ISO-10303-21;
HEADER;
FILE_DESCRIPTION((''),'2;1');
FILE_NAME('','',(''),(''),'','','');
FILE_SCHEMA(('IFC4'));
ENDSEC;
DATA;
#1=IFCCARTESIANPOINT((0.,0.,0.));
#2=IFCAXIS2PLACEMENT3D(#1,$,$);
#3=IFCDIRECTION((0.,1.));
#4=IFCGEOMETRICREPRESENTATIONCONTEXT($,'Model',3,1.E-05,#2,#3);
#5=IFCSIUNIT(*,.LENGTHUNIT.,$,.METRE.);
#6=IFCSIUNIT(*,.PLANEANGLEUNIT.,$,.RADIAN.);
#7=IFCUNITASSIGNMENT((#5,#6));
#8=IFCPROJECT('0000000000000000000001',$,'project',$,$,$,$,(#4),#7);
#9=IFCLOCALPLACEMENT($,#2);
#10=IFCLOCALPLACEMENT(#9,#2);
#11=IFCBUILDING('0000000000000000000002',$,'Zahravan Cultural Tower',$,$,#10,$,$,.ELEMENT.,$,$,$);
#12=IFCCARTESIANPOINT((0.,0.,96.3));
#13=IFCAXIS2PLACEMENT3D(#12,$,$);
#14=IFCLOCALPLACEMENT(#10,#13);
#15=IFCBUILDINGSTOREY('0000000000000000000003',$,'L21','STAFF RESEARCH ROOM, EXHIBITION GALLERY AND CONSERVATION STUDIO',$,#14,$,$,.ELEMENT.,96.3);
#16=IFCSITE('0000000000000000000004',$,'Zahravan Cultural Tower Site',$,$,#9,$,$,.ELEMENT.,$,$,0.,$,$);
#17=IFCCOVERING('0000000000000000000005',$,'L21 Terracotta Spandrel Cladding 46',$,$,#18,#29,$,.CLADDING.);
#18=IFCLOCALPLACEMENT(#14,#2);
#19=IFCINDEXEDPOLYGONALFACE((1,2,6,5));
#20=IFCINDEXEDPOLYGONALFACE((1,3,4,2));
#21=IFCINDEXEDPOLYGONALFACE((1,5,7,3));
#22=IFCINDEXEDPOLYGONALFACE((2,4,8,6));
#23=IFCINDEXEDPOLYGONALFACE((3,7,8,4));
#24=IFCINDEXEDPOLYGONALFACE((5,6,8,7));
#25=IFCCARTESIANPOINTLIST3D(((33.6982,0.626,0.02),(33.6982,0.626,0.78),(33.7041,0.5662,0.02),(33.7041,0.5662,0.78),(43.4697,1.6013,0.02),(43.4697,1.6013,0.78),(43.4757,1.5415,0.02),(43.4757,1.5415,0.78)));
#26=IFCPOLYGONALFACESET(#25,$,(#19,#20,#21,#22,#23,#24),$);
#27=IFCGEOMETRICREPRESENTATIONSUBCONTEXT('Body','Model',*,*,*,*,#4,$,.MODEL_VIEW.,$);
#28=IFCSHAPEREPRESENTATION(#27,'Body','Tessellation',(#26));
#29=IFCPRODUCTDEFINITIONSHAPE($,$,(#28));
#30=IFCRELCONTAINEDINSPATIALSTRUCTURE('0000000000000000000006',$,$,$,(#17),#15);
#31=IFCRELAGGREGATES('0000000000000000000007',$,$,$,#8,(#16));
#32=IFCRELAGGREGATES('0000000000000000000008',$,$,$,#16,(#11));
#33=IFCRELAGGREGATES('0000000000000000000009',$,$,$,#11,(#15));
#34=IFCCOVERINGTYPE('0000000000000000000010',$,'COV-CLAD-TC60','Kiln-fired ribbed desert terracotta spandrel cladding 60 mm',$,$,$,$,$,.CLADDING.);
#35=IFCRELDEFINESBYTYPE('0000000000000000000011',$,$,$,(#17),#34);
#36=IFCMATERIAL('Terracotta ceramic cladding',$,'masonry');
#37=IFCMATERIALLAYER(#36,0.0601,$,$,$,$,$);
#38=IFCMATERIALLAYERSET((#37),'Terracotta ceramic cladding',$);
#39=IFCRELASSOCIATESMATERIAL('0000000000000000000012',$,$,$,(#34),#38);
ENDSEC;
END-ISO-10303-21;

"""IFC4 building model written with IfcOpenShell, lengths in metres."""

from ifc_helpers import new_model, si_unit, direction, frame, origin, origin_2d, place, context, subcontext, project, spatial, rectangle, extrude, source, transform, mapped, material, layer, layer_set, type_object, element, save


model = new_model("IFC4")

# Units and contexts
model_context = context("Model", 3, precision=1e-05, world=origin(), true_north=direction((0.0, 1.0)))
body_context = subcontext(model_context, "Body", "Model", "MODEL_VIEW")
ifc_project = project(units=[si_unit("LENGTHUNIT", "METRE"), si_unit("PLANEANGLEUNIT", "RADIAN")], contexts=[model_context])

# Site, building, storey
site_placement = place(None, origin())
site = spatial("IfcSite", under=ifc_project, at=site_placement, Name="Zahravan Cultural Tower Site", CompositionType="ELEMENT", RefElevation=0.0)
building_placement = place(site_placement, origin())
building = spatial("IfcBuilding", under=site, at=building_placement, Name="Zahravan Cultural Tower", CompositionType="ELEMENT")
storey_placement = place(building_placement, frame((0.0, 0.0, 96.3)))
storey = spatial("IfcBuildingStorey", under=building, at=storey_placement, Name="L21", Description="STAFF RESEARCH ROOM, EXHIBITION GALLERY AND CONSERVATION STUDIO", CompositionType="ELEMENT", Elevation=96.3)

# Covering
ifc_material_1 = material(Name="Terracotta ceramic cladding", Category="masonry")
ifc_layer_1 = layer(ifc_material_1, 0.0601)
ifc_layer_set_1 = layer_set([ifc_layer_1], Name="Terracotta ceramic cladding")
covering_type = type_object("IfcCoveringType", Name="COV-CLAD-TC60", Description="Kiln-fired ribbed desert terracotta spandrel cladding 60 mm", PredefinedType="CLADDING", material=ifc_layer_set_1)
shared_shape_1 = source(origin(), body_context, "Body", "SweptSolid", [
    extrude(rectangle(XDim=9.8201, YDim=0.0601, at=origin_2d()), origin(), (0.0, 0.0, 1.0), 0.76),
])
covering_placement = place(storey_placement, frame((38.5869, 1.0837, 0.02), z_axis=(0.0, 0.0, 1.0), x_axis=(-0.995056, -0.09932, 0.0)))
element("IfcCovering", 1, at=covering_placement, inside=storey, type_object=covering_type, Name="L21 Terracotta Spandrel Cladding 46", PredefinedType="CLADDING", context=body_context, shape_type="MappedRepresentation", body=[
    mapped(shared_shape_1, transform((0.0, 0.0, 0.0), x_axis=(1.0, 0.0, 0.0), y_axis=(0.0, 1.0, 0.0), z_axis=(0.0, 0.0, 1.0), scale=1.0)),
])

save(model, "model.ifc")
